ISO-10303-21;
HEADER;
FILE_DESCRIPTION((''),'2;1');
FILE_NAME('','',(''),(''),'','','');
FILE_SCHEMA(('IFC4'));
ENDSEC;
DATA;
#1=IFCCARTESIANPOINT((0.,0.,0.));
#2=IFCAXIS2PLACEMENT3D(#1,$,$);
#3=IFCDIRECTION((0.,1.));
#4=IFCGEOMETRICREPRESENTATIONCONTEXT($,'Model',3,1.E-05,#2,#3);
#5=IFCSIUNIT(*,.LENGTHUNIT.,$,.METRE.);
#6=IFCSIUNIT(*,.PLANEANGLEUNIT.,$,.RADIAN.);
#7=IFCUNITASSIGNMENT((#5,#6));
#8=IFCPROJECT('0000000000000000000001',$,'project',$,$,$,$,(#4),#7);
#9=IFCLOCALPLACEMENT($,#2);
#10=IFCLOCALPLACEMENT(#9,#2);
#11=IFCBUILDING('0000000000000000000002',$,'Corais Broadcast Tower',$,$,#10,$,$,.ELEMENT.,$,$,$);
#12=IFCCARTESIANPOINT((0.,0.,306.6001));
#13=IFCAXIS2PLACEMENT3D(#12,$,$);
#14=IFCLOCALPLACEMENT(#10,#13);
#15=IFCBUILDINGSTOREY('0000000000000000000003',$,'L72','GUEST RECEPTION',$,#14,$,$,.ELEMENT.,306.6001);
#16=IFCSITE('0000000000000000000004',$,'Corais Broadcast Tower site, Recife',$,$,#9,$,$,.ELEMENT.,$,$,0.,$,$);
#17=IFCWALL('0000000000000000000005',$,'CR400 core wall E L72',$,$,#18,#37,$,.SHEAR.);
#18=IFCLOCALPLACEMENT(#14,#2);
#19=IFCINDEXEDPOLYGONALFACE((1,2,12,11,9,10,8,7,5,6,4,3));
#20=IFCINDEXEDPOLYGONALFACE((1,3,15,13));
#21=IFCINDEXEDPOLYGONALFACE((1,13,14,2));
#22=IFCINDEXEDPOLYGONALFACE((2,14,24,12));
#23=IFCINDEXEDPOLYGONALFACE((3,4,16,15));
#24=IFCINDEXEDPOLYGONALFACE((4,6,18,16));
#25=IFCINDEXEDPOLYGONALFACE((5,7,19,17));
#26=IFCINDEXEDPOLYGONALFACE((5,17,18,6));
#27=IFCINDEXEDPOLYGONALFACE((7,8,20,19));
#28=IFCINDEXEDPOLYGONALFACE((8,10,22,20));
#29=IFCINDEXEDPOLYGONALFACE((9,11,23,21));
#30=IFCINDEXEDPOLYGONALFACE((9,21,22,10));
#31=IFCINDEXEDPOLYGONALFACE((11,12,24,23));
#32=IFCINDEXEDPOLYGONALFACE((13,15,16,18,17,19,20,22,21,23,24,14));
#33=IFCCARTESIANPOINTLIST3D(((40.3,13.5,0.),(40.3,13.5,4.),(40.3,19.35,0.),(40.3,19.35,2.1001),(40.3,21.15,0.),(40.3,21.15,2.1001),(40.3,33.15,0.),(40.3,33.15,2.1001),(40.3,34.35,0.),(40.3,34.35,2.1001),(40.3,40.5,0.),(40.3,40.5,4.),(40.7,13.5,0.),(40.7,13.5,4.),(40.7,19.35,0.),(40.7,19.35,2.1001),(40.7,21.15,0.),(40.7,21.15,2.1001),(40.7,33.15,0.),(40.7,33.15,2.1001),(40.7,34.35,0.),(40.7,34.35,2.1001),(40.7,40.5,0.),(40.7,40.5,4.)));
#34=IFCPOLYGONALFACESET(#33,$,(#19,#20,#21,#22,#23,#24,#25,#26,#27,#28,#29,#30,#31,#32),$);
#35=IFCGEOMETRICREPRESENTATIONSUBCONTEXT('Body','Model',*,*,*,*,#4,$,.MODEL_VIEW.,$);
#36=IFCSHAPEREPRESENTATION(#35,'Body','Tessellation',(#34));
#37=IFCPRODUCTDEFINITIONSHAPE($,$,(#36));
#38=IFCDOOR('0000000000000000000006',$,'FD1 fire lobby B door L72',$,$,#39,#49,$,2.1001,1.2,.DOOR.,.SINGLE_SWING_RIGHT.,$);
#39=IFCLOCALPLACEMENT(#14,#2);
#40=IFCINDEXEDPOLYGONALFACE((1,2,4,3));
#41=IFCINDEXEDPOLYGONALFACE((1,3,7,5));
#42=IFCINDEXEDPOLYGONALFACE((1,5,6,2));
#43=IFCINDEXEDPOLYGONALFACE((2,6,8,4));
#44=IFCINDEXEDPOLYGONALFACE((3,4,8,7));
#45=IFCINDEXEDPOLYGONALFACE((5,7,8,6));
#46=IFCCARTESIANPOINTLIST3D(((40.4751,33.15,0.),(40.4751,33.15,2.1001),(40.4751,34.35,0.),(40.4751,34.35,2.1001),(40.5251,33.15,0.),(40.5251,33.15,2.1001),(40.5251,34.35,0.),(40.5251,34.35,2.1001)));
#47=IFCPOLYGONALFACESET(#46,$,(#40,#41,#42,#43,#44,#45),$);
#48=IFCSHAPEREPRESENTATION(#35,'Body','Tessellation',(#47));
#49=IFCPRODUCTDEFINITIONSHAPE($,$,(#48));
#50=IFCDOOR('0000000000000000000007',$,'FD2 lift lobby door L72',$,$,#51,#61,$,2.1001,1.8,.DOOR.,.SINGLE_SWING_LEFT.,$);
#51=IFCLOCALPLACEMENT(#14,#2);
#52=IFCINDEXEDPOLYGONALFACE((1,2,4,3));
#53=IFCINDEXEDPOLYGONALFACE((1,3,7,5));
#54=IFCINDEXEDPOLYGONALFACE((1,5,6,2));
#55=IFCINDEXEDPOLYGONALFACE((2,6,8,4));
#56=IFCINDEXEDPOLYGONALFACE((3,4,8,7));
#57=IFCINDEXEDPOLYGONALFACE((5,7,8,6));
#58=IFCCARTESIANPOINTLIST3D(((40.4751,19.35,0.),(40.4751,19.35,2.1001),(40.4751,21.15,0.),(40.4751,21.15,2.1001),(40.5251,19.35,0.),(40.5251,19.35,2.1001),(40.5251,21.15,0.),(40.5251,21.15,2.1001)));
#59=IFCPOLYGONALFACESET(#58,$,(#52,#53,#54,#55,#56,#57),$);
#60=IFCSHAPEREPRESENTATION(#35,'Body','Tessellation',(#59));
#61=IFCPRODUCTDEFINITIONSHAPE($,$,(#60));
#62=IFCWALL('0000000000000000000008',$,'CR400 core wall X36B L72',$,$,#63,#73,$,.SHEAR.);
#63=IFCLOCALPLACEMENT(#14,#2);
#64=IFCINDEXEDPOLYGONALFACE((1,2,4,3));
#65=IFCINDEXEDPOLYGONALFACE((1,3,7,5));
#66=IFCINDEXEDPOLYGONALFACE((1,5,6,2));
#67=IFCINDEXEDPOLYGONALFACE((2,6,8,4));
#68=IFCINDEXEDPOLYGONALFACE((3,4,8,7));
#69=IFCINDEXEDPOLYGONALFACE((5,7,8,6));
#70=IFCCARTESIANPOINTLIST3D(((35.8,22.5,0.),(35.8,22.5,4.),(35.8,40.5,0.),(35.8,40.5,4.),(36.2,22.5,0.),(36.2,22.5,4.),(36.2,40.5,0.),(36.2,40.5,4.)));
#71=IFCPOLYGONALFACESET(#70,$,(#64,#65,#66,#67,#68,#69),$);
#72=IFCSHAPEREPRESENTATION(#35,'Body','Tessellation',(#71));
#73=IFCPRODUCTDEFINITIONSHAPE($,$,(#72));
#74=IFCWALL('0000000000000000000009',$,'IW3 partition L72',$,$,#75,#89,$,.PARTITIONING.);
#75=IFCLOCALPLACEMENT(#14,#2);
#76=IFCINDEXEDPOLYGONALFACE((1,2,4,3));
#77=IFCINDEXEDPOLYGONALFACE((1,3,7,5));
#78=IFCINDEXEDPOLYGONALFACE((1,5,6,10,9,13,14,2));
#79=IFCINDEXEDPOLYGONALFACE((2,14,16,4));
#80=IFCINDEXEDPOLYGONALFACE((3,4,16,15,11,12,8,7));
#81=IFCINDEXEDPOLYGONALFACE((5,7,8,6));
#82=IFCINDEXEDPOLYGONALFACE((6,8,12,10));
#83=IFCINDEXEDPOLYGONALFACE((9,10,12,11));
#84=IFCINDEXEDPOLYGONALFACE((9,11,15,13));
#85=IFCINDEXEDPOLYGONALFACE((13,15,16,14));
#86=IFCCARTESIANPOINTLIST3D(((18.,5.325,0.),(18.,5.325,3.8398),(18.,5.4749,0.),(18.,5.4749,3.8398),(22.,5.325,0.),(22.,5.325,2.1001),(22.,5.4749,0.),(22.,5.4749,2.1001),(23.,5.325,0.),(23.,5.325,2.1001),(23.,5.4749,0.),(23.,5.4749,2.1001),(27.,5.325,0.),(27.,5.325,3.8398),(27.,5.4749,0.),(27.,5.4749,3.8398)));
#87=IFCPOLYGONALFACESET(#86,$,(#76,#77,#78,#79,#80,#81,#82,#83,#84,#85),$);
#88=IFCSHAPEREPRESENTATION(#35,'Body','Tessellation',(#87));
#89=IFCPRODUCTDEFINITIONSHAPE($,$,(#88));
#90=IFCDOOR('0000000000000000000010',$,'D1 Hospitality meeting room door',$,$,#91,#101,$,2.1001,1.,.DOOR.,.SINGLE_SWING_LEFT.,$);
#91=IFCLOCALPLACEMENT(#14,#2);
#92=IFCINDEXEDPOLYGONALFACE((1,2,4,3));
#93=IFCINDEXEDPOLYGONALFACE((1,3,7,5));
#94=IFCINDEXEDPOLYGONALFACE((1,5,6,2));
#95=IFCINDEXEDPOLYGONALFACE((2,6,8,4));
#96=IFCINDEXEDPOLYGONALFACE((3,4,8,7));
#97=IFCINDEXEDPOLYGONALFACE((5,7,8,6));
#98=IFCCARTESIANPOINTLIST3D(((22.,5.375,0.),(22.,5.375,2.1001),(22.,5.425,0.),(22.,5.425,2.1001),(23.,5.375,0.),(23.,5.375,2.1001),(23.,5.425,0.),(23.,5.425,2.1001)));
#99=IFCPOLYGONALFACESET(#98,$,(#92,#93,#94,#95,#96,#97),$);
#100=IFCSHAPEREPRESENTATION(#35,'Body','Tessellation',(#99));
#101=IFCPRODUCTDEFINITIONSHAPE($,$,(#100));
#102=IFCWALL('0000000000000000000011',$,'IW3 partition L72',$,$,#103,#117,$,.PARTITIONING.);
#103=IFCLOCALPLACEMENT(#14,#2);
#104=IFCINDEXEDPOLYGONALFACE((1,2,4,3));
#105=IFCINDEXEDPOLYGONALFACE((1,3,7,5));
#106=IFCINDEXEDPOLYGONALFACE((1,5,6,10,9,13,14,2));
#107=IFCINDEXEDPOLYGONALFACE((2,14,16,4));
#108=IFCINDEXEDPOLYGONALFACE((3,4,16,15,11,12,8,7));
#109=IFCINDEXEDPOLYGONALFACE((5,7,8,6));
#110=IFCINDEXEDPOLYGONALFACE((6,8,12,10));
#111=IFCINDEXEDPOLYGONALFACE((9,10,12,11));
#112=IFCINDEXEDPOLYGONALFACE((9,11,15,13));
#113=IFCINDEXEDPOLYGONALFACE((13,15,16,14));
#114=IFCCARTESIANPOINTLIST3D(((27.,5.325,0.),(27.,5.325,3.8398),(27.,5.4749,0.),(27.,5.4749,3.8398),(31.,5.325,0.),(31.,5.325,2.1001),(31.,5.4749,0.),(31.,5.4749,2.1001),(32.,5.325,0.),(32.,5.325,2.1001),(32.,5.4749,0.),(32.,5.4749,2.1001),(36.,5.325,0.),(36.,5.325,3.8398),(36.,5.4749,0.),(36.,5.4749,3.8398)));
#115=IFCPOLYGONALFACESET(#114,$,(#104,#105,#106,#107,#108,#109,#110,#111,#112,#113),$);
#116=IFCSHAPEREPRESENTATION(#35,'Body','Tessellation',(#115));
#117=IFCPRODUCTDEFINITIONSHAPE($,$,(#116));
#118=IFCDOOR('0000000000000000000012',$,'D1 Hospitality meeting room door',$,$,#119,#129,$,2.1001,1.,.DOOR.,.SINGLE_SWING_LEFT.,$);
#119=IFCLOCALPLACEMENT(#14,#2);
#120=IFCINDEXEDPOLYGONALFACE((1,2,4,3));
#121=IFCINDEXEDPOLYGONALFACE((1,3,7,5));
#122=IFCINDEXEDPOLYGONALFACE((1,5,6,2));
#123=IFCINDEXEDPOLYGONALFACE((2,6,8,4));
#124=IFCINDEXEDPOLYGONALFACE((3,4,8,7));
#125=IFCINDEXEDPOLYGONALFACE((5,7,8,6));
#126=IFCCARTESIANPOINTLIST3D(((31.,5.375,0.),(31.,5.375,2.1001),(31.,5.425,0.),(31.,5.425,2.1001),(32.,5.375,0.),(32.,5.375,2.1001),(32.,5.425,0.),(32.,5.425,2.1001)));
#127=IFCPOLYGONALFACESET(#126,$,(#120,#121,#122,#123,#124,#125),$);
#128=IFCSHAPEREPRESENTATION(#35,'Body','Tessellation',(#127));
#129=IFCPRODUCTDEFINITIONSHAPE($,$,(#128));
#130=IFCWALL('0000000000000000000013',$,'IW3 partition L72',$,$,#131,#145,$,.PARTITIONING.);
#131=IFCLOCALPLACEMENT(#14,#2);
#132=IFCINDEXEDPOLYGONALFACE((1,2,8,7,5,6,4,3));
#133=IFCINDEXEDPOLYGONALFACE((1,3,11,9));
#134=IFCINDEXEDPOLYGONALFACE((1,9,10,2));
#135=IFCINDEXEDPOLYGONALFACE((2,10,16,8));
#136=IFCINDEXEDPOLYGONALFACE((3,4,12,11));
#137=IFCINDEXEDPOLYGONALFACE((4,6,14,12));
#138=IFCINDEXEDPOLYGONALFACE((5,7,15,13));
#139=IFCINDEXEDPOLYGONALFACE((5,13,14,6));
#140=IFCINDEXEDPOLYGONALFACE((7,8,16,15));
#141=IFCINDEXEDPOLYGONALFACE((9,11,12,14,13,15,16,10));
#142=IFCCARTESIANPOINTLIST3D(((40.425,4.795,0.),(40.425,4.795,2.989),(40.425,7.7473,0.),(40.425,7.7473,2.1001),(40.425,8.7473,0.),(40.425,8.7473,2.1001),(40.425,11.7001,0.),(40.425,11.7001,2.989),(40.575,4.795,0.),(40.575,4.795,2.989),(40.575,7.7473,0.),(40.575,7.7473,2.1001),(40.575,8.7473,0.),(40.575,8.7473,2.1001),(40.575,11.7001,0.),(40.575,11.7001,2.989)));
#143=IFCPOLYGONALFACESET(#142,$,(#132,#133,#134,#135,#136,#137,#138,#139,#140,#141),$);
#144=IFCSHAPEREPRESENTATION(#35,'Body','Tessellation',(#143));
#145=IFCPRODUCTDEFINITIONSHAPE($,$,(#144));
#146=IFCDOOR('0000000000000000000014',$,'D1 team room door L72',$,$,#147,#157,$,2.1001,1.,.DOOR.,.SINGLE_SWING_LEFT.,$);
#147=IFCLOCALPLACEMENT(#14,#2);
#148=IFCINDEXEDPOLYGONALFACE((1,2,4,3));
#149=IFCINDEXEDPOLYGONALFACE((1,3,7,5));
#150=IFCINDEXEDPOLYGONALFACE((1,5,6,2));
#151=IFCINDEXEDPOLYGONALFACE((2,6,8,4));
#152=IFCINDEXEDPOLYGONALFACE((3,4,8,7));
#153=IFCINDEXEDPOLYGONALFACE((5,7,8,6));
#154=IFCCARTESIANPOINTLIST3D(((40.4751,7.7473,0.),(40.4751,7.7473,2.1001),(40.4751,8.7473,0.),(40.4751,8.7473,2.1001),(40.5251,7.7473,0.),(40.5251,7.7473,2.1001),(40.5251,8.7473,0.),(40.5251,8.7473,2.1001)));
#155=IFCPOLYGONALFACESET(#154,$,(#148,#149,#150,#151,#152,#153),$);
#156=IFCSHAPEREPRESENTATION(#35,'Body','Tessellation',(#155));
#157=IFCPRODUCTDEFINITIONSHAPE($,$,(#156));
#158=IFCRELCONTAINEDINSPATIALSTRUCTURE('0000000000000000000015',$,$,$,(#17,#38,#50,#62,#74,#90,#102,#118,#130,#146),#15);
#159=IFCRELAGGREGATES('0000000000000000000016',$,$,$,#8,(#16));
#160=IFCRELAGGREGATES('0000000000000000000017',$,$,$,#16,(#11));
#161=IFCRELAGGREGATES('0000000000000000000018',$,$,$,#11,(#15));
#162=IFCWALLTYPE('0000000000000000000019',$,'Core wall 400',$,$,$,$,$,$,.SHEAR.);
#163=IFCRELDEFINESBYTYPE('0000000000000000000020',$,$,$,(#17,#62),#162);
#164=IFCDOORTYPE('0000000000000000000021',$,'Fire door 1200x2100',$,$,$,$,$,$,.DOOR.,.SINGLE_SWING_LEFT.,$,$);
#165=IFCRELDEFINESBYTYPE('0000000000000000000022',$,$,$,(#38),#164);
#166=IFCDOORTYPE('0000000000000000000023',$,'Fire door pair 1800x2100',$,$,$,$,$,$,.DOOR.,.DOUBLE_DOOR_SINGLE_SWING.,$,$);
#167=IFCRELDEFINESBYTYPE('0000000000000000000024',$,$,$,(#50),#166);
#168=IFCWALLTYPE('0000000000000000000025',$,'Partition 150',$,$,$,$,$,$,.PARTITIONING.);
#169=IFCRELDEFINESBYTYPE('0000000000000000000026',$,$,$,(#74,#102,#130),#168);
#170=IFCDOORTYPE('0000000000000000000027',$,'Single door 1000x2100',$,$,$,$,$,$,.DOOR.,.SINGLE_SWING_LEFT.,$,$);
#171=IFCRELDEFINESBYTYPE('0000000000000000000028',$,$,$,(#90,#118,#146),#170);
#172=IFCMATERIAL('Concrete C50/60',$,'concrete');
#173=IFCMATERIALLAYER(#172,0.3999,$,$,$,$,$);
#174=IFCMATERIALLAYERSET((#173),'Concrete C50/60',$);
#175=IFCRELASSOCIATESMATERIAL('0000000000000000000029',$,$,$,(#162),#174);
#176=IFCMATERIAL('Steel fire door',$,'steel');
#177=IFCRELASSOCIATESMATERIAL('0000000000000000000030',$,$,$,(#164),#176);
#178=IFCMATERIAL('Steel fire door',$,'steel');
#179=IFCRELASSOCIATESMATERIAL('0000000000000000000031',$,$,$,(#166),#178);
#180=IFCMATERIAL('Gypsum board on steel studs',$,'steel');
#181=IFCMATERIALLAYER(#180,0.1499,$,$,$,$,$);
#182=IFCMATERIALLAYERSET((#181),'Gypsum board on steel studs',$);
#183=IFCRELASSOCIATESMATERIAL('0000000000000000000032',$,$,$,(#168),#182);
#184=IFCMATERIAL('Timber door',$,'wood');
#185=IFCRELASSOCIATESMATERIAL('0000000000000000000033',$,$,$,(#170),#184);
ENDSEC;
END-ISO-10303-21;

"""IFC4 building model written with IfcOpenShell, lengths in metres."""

from ifc_helpers import new_model, si_unit, direction, frame, frame_2d, origin, place, context, subcontext, project, spatial, rectangle, extrude, material, layer, layer_set, type_object, element, fill, save


model = new_model("IFC4")

# Units and contexts
model_context = context("Model", 3, precision=1e-05, world=origin(), true_north=direction((0.0, 1.0)))
body_context = subcontext(model_context, "Body", "Model", "MODEL_VIEW")
ifc_project = project(units=[si_unit("LENGTHUNIT", "METRE"), si_unit("PLANEANGLEUNIT", "RADIAN")], contexts=[model_context])

# Site, building, storey
site_placement = place(None, origin())
site = spatial("IfcSite", under=ifc_project, at=site_placement, Name="Corais Broadcast Tower site, Recife", CompositionType="ELEMENT", RefElevation=0.0)
building_placement = place(site_placement, origin())
building = spatial("IfcBuilding", under=site, at=building_placement, Name="Corais Broadcast Tower", CompositionType="ELEMENT")
storey_placement = place(building_placement, frame((0.0, 0.0, 306.6001)))
storey = spatial("IfcBuildingStorey", under=building, at=storey_placement, Name="L72", Description="GUEST RECEPTION", CompositionType="ELEMENT", Elevation=306.6001)

# Wall, openings, doors
ifc_material_1 = material(Name="Concrete C50/60", Category="concrete")
ifc_layer_1 = layer(ifc_material_1, 0.3999)
ifc_layer_set_1 = layer_set([ifc_layer_1], Name="Concrete C50/60")
wall_type_1 = type_object("IfcWallType", Name="Core wall 400", PredefinedType="SHEAR", material=ifc_layer_set_1)
wall_1_placement = place(storey_placement, frame((40.5, 13.5, 0.0), z_axis=(0.0, 0.0, 1.0), x_axis=(0.0, 1.0, 0.0)))
wall_1 = element("IfcWall", 1, at=wall_1_placement, inside=storey, type_object=wall_type_1, Name="CR400 core wall E L72", PredefinedType="SHEAR", context=body_context, shape_type="SweptSolid", body=[
    extrude(rectangle(XDim=27.0, YDim=0.3999, at=frame_2d((13.5, 0.0))), origin(), (0.0, 0.0, 1.0), 4.0),
])
opening_1_placement = place(wall_1_placement, frame((5.8501, 0.0, 0.0)))
opening_1 = element("IfcOpeningElement", 2, at=opening_1_placement, cuts=wall_1, PredefinedType="OPENING", context=body_context, shape_type="SweptSolid", body=[
    extrude(rectangle(XDim=1.8, YDim=2.1001, at=frame_2d((0.8999, 1.05))), frame((0.0, 0.21, 0.0), z_axis=(0.0, -1.0, 0.0), x_axis=(1.0, 0.0, 0.0)), (0.0, 0.0, 1.0), 0.4199),
])
opening_2_placement = place(wall_1_placement, frame((19.6499, 0.0, 0.0)))
opening_2 = element("IfcOpeningElement", 3, at=opening_2_placement, cuts=wall_1, PredefinedType="OPENING", context=body_context, shape_type="SweptSolid", body=[
    extrude(rectangle(XDim=1.2, YDim=2.1001, at=frame_2d((0.6001, 1.05))), frame((0.0, 0.21, 0.0), z_axis=(0.0, -1.0, 0.0), x_axis=(1.0, 0.0, 0.0)), (0.0, 0.0, 1.0), 0.4199),
])
ifc_material_2 = material(Name="Steel fire door", Category="steel")
door_type_1 = type_object("IfcDoorType", Name="Fire door 1200x2100", OperationType="SINGLE_SWING_LEFT", PredefinedType="DOOR", material=ifc_material_2)
door_1_placement = place(opening_2_placement, origin())
door_1 = element("IfcDoor", 4, at=door_1_placement, inside=storey, type_object=door_type_1, Name="FD1 fire lobby B door L72", OperationType="SINGLE_SWING_RIGHT", OverallHeight=2.1001, OverallWidth=1.2, PredefinedType="DOOR", context=body_context, shape_type="SweptSolid", body=[
    extrude(rectangle(XDim=1.2, YDim=2.1001, at=frame_2d((0.6001, 1.05))), frame((0.0, 0.0249, 0.0), z_axis=(0.0, -1.0, 0.0), x_axis=(1.0, 0.0, 0.0)), (0.0, 0.0, 1.0), 0.05),
])
fill(opening_2, door_1)
ifc_material_3 = material(Name="Steel fire door", Category="steel")
door_type_2 = type_object("IfcDoorType", Name="Fire door pair 1800x2100", OperationType="DOUBLE_DOOR_SINGLE_SWING", PredefinedType="DOOR", material=ifc_material_3)
door_2_placement = place(opening_1_placement, origin())
door_2 = element("IfcDoor", 5, at=door_2_placement, inside=storey, type_object=door_type_2, Name="FD2 lift lobby door L72", OperationType="SINGLE_SWING_LEFT", OverallHeight=2.1001, OverallWidth=1.8, PredefinedType="DOOR", context=body_context, shape_type="SweptSolid", body=[
    extrude(rectangle(XDim=1.8, YDim=2.1001, at=frame_2d((0.8999, 1.05))), frame((0.0, 0.0249, 0.0), z_axis=(0.0, -1.0, 0.0), x_axis=(1.0, 0.0, 0.0)), (0.0, 0.0, 1.0), 0.05),
])
fill(opening_1, door_2)

# Wall
wall_2_placement = place(storey_placement, frame((36.0, 22.5, 0.0), z_axis=(0.0, 0.0, 1.0), x_axis=(0.0, 1.0, 0.0)))
element("IfcWall", 6, at=wall_2_placement, inside=storey, type_object=wall_type_1, Name="CR400 core wall X36B L72", PredefinedType="SHEAR", context=body_context, shape_type="SweptSolid", body=[
    extrude(rectangle(XDim=18.0, YDim=0.3999, at=frame_2d((9.0, 0.0))), origin(), (0.0, 0.0, 1.0), 4.0),
])

# Walls, openings, doors
ifc_material_4 = material(Name="Gypsum board on steel studs", Category="steel")
ifc_layer_2 = layer(ifc_material_4, 0.1499)
ifc_layer_set_2 = layer_set([ifc_layer_2], Name="Gypsum board on steel studs")
wall_type_2 = type_object("IfcWallType", Name="Partition 150", PredefinedType="PARTITIONING", material=ifc_layer_set_2)
wall_3_placement = place(storey_placement, frame((27.0, 5.3999, 0.0), z_axis=(0.0, 0.0, 1.0), x_axis=(-1.0, 0.0, 0.0)))
wall_3 = element("IfcWall", 7, at=wall_3_placement, inside=storey, type_object=wall_type_2, Name="IW3 partition L72", PredefinedType="PARTITIONING", context=body_context, shape_type="SweptSolid", body=[
    extrude(rectangle(XDim=9.0, YDim=0.1499, at=frame_2d((4.5, 0.0))), origin(), (0.0, 0.0, 1.0), 3.8398),
])
opening_3_placement = place(wall_3_placement, frame((4.0, 0.0, 0.0)))
opening_3 = element("IfcOpeningElement", 8, at=opening_3_placement, cuts=wall_3, PredefinedType="OPENING", context=body_context, shape_type="SweptSolid", body=[
    extrude(rectangle(XDim=1.0, YDim=2.1001, at=frame_2d((0.5, 1.05))), frame((0.0, 0.085, 0.0), z_axis=(0.0, -1.0, 0.0), x_axis=(1.0, 0.0, 0.0)), (0.0, 0.0, 1.0), 0.1699),
])
ifc_material_5 = material(Name="Timber door", Category="wood")
door_type_3 = type_object("IfcDoorType", Name="Single door 1000x2100", OperationType="SINGLE_SWING_LEFT", PredefinedType="DOOR", material=ifc_material_5)
door_3_placement = place(opening_3_placement, origin())
door_3 = element("IfcDoor", 9, at=door_3_placement, inside=storey, type_object=door_type_3, Name="D1 Hospitality meeting room door", OperationType="SINGLE_SWING_LEFT", OverallHeight=2.1001, OverallWidth=1.0, PredefinedType="DOOR", context=body_context, shape_type="SweptSolid", body=[
    extrude(rectangle(XDim=1.0, YDim=2.1001, at=frame_2d((0.5, 1.05))), frame((0.0, 0.0249, 0.0), z_axis=(0.0, -1.0, 0.0), x_axis=(1.0, 0.0, 0.0)), (0.0, 0.0, 1.0), 0.05),
])
fill(opening_3, door_3)
wall_4_placement = place(storey_placement, frame((36.0, 5.3999, 0.0), z_axis=(0.0, 0.0, 1.0), x_axis=(-1.0, 0.0, 0.0)))
wall_4 = element("IfcWall", 10, at=wall_4_placement, inside=storey, type_object=wall_type_2, Name="IW3 partition L72", PredefinedType="PARTITIONING", context=body_context, shape_type="SweptSolid", body=[
    extrude(rectangle(XDim=9.0, YDim=0.1499, at=frame_2d((4.5, 0.0))), origin(), (0.0, 0.0, 1.0), 3.8398),
])
opening_4_placement = place(wall_4_placement, frame((4.0, 0.0, 0.0)))
opening_4 = element("IfcOpeningElement", 11, at=opening_4_placement, cuts=wall_4, PredefinedType="OPENING", context=body_context, shape_type="SweptSolid", body=[
    extrude(rectangle(XDim=1.0, YDim=2.1001, at=frame_2d((0.5, 1.05))), frame((0.0, 0.085, 0.0), z_axis=(0.0, -1.0, 0.0), x_axis=(1.0, 0.0, 0.0)), (0.0, 0.0, 1.0), 0.1699),
])
door_4_placement = place(opening_4_placement, origin())
door_4 = element("IfcDoor", 12, at=door_4_placement, inside=storey, type_object=door_type_3, Name="D1 Hospitality meeting room door", OperationType="SINGLE_SWING_LEFT", OverallHeight=2.1001, OverallWidth=1.0, PredefinedType="DOOR", context=body_context, shape_type="SweptSolid", body=[
    extrude(rectangle(XDim=1.0, YDim=2.1001, at=frame_2d((0.5, 1.05))), frame((0.0, 0.0249, 0.0), z_axis=(0.0, -1.0, 0.0), x_axis=(1.0, 0.0, 0.0)), (0.0, 0.0, 1.0), 0.05),
])
fill(opening_4, door_4)
wall_5_placement = place(storey_placement, frame((40.5, 4.7949, 0.0), z_axis=(0.0, 0.0, 1.0), x_axis=(0.0, 1.0, 0.0)))
wall_5 = element("IfcWall", 13, at=wall_5_placement, inside=storey, type_object=wall_type_2, Name="IW3 partition L72", PredefinedType="PARTITIONING", context=body_context, shape_type="SweptSolid", body=[
    extrude(rectangle(XDim=6.905, YDim=0.1499, at=frame_2d((3.4526, 0.0))), origin(), (0.0, 0.0, 1.0), 2.989),
])
opening_5_placement = place(wall_5_placement, frame((2.9524, 0.0, 0.0)))
opening_5 = element("IfcOpeningElement", 14, at=opening_5_placement, cuts=wall_5, PredefinedType="OPENING", context=body_context, shape_type="SweptSolid", body=[
    extrude(rectangle(XDim=1.0, YDim=2.1001, at=frame_2d((0.5, 1.05))), frame((0.0, 0.085, 0.0), z_axis=(0.0, -1.0, 0.0), x_axis=(1.0, 0.0, 0.0)), (0.0, 0.0, 1.0), 0.1699),
])
door_5_placement = place(opening_5_placement, origin())
door_5 = element("IfcDoor", 15, at=door_5_placement, inside=storey, type_object=door_type_3, Name="D1 team room door L72", OperationType="SINGLE_SWING_LEFT", OverallHeight=2.1001, OverallWidth=1.0, PredefinedType="DOOR", context=body_context, shape_type="SweptSolid", body=[
    extrude(rectangle(XDim=1.0, YDim=2.1001, at=frame_2d((0.5, 1.05))), frame((0.0, 0.0249, 0.0), z_axis=(0.0, -1.0, 0.0), x_axis=(1.0, 0.0, 0.0)), (0.0, 0.0, 1.0), 0.05),
])
fill(opening_5, door_5)

save(model, "model.ifc")
